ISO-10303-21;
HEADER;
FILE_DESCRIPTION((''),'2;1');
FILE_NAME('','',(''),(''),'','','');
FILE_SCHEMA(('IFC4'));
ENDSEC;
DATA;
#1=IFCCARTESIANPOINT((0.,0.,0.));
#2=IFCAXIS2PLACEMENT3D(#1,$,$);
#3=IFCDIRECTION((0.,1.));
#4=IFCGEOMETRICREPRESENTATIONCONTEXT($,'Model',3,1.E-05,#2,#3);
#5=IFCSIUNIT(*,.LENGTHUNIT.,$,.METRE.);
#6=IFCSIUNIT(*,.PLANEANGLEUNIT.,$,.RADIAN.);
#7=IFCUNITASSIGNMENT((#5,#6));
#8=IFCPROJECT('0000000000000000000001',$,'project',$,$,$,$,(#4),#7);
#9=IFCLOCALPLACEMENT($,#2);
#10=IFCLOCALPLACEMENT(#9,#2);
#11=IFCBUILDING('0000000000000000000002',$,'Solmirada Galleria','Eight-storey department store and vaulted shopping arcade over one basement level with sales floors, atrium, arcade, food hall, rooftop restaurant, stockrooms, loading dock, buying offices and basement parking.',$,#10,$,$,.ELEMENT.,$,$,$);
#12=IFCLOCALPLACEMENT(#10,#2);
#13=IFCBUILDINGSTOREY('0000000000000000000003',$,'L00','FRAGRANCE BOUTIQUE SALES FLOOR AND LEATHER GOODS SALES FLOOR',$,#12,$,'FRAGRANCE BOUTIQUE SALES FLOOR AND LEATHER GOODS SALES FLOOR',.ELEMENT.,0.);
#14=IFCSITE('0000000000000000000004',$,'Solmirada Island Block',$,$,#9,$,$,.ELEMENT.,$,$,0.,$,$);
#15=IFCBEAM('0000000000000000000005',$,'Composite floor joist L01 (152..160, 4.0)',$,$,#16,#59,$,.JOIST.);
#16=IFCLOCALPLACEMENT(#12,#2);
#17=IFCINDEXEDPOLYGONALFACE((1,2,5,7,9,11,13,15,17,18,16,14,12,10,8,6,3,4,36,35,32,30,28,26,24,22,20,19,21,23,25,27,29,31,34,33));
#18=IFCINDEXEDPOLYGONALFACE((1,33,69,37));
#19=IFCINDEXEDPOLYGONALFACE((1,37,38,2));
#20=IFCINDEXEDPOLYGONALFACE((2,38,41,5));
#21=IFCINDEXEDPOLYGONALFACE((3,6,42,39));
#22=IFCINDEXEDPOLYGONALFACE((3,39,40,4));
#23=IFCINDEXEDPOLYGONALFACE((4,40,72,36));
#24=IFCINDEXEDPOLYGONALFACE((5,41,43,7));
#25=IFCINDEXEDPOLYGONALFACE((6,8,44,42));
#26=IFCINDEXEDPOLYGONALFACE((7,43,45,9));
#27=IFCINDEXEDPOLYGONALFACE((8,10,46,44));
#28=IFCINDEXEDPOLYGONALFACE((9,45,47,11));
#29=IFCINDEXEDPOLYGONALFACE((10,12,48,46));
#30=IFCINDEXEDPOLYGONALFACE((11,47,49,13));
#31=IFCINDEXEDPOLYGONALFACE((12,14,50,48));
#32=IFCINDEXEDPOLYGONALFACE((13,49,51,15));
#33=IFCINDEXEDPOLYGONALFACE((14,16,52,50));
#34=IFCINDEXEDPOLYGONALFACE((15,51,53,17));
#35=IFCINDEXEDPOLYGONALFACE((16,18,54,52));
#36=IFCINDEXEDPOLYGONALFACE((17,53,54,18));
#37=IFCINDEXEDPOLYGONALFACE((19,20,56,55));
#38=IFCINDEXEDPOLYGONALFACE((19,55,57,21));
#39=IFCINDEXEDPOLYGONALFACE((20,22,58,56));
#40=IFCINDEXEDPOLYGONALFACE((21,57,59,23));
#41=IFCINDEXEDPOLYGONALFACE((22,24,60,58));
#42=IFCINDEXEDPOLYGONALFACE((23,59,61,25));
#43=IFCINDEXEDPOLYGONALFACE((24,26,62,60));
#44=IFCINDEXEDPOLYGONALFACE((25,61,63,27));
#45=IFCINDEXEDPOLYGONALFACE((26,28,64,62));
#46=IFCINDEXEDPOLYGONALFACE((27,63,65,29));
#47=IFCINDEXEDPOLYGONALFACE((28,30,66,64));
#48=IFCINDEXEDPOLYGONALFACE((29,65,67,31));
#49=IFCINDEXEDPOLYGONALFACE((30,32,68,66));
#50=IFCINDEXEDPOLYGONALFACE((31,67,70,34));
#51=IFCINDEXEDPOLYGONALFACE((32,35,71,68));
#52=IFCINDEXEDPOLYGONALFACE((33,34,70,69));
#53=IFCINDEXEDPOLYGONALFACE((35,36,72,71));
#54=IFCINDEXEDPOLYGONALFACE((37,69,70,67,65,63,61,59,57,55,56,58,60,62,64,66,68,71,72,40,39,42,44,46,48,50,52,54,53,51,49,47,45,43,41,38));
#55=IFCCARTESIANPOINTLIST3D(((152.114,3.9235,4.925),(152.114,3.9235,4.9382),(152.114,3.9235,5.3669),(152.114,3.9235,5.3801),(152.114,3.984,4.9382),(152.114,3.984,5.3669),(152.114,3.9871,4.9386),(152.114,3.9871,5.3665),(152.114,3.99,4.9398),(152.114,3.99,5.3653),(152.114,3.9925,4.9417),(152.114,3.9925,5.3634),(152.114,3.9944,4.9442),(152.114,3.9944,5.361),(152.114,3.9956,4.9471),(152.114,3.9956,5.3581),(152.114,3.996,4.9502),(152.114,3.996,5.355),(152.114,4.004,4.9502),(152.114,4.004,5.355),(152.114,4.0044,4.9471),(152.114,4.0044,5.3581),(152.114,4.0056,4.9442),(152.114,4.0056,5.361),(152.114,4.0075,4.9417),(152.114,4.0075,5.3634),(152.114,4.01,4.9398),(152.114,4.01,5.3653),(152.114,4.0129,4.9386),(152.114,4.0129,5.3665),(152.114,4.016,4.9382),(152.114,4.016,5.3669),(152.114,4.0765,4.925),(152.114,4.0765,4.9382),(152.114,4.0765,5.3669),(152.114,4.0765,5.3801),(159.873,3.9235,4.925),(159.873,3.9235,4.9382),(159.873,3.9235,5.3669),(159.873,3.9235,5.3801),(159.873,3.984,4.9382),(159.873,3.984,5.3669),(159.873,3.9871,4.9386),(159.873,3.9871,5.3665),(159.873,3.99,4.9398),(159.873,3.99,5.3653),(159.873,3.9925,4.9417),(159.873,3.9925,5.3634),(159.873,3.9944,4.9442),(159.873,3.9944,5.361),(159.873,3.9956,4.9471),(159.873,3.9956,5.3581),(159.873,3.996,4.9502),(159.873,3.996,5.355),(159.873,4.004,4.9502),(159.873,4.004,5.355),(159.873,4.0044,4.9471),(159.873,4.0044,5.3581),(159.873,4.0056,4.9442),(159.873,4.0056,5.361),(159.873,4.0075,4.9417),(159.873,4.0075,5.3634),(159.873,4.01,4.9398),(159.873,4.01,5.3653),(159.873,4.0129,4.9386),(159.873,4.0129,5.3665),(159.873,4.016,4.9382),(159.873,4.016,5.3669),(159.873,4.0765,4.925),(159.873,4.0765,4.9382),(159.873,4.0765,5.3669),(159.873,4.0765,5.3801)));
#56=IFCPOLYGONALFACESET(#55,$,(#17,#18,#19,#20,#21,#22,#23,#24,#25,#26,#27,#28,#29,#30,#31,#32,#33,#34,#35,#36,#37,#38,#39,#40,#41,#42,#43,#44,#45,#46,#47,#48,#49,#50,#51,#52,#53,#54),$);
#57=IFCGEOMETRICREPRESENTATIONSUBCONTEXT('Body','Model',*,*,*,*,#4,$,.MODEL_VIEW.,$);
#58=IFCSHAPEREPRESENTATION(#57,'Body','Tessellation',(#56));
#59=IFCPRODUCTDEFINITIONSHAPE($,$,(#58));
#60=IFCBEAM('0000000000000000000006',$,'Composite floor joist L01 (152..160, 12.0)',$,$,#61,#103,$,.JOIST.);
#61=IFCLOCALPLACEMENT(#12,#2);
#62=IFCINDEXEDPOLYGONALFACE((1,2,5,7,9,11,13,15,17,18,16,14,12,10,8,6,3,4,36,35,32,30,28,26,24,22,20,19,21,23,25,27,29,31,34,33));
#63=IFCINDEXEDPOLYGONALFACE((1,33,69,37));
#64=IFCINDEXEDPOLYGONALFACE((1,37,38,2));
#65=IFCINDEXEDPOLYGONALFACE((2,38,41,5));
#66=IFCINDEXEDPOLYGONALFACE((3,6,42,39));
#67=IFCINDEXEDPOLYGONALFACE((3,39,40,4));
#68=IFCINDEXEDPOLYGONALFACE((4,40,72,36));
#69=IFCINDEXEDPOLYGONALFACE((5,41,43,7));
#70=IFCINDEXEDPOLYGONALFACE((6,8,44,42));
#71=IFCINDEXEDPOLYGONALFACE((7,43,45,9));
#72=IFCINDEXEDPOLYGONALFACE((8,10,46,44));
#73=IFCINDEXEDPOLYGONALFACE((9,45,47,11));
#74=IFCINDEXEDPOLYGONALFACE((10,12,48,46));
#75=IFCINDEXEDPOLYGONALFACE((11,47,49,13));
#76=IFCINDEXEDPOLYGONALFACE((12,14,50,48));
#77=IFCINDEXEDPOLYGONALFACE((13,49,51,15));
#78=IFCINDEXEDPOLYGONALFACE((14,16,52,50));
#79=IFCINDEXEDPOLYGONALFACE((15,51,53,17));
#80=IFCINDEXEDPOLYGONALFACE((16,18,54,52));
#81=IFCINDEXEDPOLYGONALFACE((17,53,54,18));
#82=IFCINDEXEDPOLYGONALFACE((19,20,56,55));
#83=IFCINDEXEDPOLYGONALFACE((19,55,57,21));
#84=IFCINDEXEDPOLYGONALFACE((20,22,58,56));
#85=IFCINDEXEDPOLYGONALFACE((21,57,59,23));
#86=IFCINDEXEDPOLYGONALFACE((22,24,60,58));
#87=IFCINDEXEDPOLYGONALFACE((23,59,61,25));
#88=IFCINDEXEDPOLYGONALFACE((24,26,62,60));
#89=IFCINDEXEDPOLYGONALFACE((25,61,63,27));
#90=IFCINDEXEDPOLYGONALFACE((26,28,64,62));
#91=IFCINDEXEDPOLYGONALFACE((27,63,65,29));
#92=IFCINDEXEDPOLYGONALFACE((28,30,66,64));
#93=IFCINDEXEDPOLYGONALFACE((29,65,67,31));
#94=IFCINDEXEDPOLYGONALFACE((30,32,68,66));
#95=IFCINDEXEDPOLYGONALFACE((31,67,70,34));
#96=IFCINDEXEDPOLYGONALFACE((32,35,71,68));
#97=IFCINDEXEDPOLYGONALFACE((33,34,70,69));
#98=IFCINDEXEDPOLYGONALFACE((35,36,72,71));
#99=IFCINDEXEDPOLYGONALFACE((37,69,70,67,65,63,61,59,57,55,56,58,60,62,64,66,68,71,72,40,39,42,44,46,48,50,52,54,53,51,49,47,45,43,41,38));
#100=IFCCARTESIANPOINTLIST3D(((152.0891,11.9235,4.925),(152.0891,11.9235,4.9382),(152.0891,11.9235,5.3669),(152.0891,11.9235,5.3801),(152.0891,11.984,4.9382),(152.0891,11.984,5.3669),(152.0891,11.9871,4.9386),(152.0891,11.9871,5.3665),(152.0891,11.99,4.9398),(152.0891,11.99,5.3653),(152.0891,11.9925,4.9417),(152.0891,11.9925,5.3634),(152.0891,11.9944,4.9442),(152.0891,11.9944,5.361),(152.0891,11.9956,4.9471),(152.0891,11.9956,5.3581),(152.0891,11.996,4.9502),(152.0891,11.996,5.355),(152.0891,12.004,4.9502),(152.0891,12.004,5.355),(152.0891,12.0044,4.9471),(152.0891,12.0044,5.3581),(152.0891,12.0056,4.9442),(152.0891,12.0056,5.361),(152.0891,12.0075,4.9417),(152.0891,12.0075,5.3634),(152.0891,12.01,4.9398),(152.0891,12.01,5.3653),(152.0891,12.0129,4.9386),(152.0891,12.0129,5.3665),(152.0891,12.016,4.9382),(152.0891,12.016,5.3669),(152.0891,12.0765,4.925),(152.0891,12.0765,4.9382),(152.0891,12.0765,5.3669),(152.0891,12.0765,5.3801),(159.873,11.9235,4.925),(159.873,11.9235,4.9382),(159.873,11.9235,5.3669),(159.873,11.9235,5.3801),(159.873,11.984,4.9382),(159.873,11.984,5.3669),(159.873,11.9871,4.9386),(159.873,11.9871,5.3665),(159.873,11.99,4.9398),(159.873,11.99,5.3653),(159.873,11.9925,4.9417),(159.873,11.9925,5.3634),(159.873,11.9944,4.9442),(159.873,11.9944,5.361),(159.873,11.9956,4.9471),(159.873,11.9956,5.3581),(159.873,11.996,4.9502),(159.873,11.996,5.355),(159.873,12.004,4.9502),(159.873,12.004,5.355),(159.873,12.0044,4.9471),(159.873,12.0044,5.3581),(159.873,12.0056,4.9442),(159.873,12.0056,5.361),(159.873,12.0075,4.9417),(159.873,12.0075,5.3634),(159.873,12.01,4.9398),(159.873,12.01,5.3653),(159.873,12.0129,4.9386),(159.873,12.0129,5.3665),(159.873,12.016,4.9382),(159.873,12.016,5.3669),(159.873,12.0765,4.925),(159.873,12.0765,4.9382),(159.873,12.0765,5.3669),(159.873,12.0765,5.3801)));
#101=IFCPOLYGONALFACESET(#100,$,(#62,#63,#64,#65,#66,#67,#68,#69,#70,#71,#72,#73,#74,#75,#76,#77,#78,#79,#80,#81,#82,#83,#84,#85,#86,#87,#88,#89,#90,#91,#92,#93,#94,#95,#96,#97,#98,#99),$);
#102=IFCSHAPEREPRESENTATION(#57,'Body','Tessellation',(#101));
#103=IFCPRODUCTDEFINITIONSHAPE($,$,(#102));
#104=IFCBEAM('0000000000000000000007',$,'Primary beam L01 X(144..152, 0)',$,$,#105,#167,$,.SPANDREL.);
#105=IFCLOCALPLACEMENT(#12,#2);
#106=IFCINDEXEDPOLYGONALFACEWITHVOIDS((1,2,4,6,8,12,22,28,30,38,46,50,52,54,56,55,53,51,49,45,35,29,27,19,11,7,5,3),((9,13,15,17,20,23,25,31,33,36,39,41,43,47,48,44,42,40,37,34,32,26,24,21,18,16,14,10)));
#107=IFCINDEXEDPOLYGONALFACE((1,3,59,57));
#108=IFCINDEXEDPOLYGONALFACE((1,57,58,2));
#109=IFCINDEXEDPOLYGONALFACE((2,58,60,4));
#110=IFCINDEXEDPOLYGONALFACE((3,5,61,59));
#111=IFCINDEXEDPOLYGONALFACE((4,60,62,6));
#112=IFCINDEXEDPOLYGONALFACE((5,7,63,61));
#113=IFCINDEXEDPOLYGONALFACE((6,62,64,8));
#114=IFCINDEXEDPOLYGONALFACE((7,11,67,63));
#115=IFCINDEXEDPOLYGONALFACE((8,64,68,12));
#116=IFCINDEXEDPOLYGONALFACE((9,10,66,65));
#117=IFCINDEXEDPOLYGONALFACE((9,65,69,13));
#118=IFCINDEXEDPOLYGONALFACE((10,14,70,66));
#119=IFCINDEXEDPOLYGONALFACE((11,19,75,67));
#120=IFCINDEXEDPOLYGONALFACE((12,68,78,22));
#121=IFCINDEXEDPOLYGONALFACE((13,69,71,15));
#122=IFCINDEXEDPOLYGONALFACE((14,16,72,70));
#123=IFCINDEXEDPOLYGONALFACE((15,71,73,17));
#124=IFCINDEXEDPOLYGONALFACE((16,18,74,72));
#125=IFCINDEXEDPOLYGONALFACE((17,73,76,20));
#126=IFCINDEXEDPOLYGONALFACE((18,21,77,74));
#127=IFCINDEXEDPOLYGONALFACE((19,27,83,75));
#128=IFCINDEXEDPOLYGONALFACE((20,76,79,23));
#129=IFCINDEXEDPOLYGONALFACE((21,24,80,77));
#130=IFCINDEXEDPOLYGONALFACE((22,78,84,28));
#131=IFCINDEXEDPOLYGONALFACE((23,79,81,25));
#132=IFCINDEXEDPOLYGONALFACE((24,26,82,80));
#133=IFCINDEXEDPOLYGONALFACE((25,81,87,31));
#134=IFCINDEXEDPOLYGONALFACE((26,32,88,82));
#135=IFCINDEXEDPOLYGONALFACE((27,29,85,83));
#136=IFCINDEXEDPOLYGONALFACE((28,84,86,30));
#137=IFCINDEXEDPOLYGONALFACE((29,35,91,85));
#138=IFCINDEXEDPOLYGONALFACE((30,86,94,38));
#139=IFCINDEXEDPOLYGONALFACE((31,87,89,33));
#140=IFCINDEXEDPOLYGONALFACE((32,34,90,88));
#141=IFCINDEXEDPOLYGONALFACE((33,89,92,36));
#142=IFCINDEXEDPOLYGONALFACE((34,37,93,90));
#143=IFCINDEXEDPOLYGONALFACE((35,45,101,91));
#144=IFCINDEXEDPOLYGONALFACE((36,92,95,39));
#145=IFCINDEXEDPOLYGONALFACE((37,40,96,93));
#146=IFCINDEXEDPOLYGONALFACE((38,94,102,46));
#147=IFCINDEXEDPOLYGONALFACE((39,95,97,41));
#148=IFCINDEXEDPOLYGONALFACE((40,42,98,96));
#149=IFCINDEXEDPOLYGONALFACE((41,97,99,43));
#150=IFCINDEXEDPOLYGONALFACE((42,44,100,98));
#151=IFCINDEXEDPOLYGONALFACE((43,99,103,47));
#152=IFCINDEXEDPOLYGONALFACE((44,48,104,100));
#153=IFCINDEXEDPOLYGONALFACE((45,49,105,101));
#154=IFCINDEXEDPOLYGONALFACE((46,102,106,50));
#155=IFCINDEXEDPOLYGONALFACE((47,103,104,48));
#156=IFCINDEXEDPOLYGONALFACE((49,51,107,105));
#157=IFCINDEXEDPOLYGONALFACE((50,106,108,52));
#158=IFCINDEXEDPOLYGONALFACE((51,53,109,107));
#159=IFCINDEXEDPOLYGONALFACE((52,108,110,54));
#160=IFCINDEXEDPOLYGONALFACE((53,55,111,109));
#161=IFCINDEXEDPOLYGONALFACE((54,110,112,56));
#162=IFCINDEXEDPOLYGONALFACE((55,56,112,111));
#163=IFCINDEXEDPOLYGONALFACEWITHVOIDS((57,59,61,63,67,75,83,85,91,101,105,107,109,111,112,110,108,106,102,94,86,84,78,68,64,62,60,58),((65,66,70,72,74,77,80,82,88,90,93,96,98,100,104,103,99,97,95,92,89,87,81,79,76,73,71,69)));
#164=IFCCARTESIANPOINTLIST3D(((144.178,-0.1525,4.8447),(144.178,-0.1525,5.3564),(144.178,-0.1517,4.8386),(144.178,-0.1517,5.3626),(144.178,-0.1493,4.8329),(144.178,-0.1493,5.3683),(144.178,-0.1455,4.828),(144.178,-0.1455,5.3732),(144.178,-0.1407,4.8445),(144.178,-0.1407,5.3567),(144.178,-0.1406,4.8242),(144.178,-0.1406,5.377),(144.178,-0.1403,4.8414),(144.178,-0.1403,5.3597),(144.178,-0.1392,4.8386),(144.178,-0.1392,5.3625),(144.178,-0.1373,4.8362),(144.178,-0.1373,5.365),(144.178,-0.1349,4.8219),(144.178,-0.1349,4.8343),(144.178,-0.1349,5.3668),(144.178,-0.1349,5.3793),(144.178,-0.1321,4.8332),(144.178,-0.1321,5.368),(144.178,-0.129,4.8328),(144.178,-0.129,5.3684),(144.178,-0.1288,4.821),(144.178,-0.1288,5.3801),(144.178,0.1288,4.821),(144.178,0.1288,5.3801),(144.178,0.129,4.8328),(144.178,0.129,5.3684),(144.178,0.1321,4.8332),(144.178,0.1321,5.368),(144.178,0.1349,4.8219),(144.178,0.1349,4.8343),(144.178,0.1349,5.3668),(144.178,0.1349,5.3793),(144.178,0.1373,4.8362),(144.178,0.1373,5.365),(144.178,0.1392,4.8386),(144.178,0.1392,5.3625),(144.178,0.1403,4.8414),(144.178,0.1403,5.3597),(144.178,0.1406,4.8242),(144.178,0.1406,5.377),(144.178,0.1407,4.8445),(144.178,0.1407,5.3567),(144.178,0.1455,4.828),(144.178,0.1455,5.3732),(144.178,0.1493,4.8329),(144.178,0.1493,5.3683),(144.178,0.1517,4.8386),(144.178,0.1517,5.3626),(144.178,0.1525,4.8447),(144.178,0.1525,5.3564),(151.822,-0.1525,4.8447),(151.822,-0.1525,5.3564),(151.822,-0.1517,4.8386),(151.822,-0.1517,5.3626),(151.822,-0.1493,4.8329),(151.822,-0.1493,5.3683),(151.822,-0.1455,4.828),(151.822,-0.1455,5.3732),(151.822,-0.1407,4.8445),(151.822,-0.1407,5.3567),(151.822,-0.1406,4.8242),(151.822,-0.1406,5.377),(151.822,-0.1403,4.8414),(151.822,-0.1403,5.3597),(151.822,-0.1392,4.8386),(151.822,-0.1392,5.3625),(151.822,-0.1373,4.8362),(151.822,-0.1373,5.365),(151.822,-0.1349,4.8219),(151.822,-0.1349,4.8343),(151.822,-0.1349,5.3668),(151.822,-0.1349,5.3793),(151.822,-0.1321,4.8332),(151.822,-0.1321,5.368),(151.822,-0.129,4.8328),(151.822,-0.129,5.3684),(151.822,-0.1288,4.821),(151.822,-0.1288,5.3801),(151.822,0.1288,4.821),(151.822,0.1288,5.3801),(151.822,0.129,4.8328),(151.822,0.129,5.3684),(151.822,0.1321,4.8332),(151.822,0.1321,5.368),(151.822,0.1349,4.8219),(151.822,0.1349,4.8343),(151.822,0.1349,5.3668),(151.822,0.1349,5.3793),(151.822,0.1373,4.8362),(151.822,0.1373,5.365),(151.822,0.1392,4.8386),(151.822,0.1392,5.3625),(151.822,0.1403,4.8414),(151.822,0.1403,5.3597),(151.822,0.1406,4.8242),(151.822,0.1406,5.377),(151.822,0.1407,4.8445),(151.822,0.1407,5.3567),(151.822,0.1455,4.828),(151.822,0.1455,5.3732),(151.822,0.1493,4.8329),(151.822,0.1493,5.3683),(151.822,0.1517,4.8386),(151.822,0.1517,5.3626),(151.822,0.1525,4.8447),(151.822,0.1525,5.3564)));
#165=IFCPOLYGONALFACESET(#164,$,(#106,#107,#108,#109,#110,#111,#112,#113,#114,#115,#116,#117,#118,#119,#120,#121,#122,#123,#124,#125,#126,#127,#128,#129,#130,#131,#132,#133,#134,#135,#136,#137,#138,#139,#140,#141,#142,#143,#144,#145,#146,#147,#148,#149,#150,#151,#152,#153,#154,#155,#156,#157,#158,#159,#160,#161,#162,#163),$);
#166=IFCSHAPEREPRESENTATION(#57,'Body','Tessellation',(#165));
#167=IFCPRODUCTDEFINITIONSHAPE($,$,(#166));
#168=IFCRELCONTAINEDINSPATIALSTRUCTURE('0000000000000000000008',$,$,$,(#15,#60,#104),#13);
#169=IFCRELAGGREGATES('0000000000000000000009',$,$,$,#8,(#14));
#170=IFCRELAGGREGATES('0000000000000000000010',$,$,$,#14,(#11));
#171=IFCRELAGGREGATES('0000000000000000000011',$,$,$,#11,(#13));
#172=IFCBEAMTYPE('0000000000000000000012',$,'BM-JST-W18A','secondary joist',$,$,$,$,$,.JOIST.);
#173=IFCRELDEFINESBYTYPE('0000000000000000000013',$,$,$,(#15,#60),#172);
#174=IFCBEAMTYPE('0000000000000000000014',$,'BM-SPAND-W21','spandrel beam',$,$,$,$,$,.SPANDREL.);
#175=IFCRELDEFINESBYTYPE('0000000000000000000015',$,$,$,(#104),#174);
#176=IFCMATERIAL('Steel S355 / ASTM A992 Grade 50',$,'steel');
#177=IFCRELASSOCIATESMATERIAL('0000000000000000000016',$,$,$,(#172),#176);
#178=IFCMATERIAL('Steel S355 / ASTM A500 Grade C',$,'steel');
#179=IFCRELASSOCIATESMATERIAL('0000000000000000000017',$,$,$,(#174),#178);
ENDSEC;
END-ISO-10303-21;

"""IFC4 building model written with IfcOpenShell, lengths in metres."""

from ifc_helpers import new_model, si_unit, direction, frame, origin, origin_2d, place, context, subcontext, project, spatial, hollow_rectangle, i_section, extrude, material, material_profile, profile_set, type_object, element, save


model = new_model("IFC4")

# Units and contexts
model_context = context("Model", 3, precision=1e-05, world=origin(), true_north=direction((0.0, 1.0)))
body_context = subcontext(model_context, "Body", "Model", "MODEL_VIEW")
ifc_project = project(units=[si_unit("LENGTHUNIT", "METRE"), si_unit("PLANEANGLEUNIT", "RADIAN")], contexts=[model_context])

# Site, building, storey
site_placement = place(None, origin())
site = spatial("IfcSite", under=ifc_project, at=site_placement, Name="Solmirada Island Block", CompositionType="ELEMENT", RefElevation=0.0)
building_placement = place(site_placement, origin())
building = spatial("IfcBuilding", under=site, at=building_placement, Name="Solmirada Galleria", Description="Eight-storey department store and vaulted shopping arcade over one basement level with sales floors, atrium, arcade, food hall, rooftop restaurant, stockrooms, loading dock, buying offices and basement parking.", CompositionType="ELEMENT")
storey_placement = place(building_placement, origin())
storey = spatial("IfcBuildingStorey", under=building, at=storey_placement, Name="L00", Description="FRAGRANCE BOUTIQUE SALES FLOOR AND LEATHER GOODS SALES FLOOR", LongName="FRAGRANCE BOUTIQUE SALES FLOOR AND LEATHER GOODS SALES FLOOR", CompositionType="ELEMENT", Elevation=0.0)

# Shared definitions
ifc_material_1 = material(Name="Steel S355 / ASTM A500 Grade C", Category="steel")

# Beams
ifc_material_2 = material(Name="Steel S355 / ASTM A992 Grade 50", Category="steel")
ifc_material_profile_1 = material_profile(ifc_material_2, i_section(OverallWidth=0.1531, OverallDepth=0.4551, WebThickness=0.0081, FlangeThickness=0.0132, FilletRadius=0.012, at=origin_2d()), Name="W18X40")
ifc_profile_set_1 = profile_set([ifc_material_profile_1], Name="Steel S355 / ASTM A992 Grade 50")
beam_type_1 = type_object("IfcBeamType", Name="BM-JST-W18A", Description="secondary joist", PredefinedType="JOIST", material=ifc_profile_set_1)
beam_1_placement = place(storey_placement, frame((152.114, 4.0, 5.1526), z_axis=(1.0, 0.0, 0.0), x_axis=(0.0, 1.0, 0.0)))
element("IfcBeam", 1, at=beam_1_placement, inside=storey, type_object=beam_type_1, Name="Composite floor joist L01 (152..160, 4.0)", PredefinedType="JOIST", context=body_context, shape_type="SweptSolid", body=[
    extrude(i_section(OverallWidth=0.1531, OverallDepth=0.4551, WebThickness=0.0081, FlangeThickness=0.0132, FilletRadius=0.012, at=origin_2d()), origin(), (0.0, 0.0, 1.0), 7.759),
])
beam_2_placement = place(storey_placement, frame((152.0891, 12.0, 5.1526), z_axis=(1.0, 0.0, 0.0), x_axis=(0.0, 1.0, 0.0)))
element("IfcBeam", 2, at=beam_2_placement, inside=storey, type_object=beam_type_1, Name="Composite floor joist L01 (152..160, 12.0)", PredefinedType="JOIST", context=body_context, shape_type="SweptSolid", body=[
    extrude(i_section(OverallWidth=0.1531, OverallDepth=0.4551, WebThickness=0.0081, FlangeThickness=0.0132, FilletRadius=0.012, at=origin_2d()), origin(), (0.0, 0.0, 1.0), 7.7839),
])
ifc_material_profile_2 = material_profile(ifc_material_1, hollow_rectangle(XDim=0.3049, YDim=0.5591, WallThickness=0.0117, InnerFilletRadius=0.0117, OuterFilletRadius=0.0237, at=origin_2d()), Name="HSS22X12X1/2")
ifc_profile_set_2 = profile_set([ifc_material_profile_2], Name="Steel S355 / ASTM A500 Grade C")
beam_type_2 = type_object("IfcBeamType", Name="BM-SPAND-W21", Description="spandrel beam", PredefinedType="SPANDREL", material=ifc_profile_set_2)
for number, where, z_axis, x_axis, name in (
    (3, (144.178, 0.0, 5.1006), (1.0, 0.0, 0.0), (0.0, 1.0, 0.0), "Primary beam L01 X(144..152, 0)"),
):
    element("IfcBeam", number, at=place(storey_placement, frame(where, z_axis=z_axis, x_axis=x_axis)), inside=storey, type_object=beam_type_2, Name=name, PredefinedType="SPANDREL", context=body_context, shape_type="SweptSolid", body=[
        extrude(hollow_rectangle(XDim=0.3049, YDim=0.5591, WallThickness=0.0117, InnerFilletRadius=0.0117, OuterFilletRadius=0.0237, at=origin_2d()), origin(), (0.0, 0.0, 1.0), 7.644),
    ])

save(model, "model.ifc")
